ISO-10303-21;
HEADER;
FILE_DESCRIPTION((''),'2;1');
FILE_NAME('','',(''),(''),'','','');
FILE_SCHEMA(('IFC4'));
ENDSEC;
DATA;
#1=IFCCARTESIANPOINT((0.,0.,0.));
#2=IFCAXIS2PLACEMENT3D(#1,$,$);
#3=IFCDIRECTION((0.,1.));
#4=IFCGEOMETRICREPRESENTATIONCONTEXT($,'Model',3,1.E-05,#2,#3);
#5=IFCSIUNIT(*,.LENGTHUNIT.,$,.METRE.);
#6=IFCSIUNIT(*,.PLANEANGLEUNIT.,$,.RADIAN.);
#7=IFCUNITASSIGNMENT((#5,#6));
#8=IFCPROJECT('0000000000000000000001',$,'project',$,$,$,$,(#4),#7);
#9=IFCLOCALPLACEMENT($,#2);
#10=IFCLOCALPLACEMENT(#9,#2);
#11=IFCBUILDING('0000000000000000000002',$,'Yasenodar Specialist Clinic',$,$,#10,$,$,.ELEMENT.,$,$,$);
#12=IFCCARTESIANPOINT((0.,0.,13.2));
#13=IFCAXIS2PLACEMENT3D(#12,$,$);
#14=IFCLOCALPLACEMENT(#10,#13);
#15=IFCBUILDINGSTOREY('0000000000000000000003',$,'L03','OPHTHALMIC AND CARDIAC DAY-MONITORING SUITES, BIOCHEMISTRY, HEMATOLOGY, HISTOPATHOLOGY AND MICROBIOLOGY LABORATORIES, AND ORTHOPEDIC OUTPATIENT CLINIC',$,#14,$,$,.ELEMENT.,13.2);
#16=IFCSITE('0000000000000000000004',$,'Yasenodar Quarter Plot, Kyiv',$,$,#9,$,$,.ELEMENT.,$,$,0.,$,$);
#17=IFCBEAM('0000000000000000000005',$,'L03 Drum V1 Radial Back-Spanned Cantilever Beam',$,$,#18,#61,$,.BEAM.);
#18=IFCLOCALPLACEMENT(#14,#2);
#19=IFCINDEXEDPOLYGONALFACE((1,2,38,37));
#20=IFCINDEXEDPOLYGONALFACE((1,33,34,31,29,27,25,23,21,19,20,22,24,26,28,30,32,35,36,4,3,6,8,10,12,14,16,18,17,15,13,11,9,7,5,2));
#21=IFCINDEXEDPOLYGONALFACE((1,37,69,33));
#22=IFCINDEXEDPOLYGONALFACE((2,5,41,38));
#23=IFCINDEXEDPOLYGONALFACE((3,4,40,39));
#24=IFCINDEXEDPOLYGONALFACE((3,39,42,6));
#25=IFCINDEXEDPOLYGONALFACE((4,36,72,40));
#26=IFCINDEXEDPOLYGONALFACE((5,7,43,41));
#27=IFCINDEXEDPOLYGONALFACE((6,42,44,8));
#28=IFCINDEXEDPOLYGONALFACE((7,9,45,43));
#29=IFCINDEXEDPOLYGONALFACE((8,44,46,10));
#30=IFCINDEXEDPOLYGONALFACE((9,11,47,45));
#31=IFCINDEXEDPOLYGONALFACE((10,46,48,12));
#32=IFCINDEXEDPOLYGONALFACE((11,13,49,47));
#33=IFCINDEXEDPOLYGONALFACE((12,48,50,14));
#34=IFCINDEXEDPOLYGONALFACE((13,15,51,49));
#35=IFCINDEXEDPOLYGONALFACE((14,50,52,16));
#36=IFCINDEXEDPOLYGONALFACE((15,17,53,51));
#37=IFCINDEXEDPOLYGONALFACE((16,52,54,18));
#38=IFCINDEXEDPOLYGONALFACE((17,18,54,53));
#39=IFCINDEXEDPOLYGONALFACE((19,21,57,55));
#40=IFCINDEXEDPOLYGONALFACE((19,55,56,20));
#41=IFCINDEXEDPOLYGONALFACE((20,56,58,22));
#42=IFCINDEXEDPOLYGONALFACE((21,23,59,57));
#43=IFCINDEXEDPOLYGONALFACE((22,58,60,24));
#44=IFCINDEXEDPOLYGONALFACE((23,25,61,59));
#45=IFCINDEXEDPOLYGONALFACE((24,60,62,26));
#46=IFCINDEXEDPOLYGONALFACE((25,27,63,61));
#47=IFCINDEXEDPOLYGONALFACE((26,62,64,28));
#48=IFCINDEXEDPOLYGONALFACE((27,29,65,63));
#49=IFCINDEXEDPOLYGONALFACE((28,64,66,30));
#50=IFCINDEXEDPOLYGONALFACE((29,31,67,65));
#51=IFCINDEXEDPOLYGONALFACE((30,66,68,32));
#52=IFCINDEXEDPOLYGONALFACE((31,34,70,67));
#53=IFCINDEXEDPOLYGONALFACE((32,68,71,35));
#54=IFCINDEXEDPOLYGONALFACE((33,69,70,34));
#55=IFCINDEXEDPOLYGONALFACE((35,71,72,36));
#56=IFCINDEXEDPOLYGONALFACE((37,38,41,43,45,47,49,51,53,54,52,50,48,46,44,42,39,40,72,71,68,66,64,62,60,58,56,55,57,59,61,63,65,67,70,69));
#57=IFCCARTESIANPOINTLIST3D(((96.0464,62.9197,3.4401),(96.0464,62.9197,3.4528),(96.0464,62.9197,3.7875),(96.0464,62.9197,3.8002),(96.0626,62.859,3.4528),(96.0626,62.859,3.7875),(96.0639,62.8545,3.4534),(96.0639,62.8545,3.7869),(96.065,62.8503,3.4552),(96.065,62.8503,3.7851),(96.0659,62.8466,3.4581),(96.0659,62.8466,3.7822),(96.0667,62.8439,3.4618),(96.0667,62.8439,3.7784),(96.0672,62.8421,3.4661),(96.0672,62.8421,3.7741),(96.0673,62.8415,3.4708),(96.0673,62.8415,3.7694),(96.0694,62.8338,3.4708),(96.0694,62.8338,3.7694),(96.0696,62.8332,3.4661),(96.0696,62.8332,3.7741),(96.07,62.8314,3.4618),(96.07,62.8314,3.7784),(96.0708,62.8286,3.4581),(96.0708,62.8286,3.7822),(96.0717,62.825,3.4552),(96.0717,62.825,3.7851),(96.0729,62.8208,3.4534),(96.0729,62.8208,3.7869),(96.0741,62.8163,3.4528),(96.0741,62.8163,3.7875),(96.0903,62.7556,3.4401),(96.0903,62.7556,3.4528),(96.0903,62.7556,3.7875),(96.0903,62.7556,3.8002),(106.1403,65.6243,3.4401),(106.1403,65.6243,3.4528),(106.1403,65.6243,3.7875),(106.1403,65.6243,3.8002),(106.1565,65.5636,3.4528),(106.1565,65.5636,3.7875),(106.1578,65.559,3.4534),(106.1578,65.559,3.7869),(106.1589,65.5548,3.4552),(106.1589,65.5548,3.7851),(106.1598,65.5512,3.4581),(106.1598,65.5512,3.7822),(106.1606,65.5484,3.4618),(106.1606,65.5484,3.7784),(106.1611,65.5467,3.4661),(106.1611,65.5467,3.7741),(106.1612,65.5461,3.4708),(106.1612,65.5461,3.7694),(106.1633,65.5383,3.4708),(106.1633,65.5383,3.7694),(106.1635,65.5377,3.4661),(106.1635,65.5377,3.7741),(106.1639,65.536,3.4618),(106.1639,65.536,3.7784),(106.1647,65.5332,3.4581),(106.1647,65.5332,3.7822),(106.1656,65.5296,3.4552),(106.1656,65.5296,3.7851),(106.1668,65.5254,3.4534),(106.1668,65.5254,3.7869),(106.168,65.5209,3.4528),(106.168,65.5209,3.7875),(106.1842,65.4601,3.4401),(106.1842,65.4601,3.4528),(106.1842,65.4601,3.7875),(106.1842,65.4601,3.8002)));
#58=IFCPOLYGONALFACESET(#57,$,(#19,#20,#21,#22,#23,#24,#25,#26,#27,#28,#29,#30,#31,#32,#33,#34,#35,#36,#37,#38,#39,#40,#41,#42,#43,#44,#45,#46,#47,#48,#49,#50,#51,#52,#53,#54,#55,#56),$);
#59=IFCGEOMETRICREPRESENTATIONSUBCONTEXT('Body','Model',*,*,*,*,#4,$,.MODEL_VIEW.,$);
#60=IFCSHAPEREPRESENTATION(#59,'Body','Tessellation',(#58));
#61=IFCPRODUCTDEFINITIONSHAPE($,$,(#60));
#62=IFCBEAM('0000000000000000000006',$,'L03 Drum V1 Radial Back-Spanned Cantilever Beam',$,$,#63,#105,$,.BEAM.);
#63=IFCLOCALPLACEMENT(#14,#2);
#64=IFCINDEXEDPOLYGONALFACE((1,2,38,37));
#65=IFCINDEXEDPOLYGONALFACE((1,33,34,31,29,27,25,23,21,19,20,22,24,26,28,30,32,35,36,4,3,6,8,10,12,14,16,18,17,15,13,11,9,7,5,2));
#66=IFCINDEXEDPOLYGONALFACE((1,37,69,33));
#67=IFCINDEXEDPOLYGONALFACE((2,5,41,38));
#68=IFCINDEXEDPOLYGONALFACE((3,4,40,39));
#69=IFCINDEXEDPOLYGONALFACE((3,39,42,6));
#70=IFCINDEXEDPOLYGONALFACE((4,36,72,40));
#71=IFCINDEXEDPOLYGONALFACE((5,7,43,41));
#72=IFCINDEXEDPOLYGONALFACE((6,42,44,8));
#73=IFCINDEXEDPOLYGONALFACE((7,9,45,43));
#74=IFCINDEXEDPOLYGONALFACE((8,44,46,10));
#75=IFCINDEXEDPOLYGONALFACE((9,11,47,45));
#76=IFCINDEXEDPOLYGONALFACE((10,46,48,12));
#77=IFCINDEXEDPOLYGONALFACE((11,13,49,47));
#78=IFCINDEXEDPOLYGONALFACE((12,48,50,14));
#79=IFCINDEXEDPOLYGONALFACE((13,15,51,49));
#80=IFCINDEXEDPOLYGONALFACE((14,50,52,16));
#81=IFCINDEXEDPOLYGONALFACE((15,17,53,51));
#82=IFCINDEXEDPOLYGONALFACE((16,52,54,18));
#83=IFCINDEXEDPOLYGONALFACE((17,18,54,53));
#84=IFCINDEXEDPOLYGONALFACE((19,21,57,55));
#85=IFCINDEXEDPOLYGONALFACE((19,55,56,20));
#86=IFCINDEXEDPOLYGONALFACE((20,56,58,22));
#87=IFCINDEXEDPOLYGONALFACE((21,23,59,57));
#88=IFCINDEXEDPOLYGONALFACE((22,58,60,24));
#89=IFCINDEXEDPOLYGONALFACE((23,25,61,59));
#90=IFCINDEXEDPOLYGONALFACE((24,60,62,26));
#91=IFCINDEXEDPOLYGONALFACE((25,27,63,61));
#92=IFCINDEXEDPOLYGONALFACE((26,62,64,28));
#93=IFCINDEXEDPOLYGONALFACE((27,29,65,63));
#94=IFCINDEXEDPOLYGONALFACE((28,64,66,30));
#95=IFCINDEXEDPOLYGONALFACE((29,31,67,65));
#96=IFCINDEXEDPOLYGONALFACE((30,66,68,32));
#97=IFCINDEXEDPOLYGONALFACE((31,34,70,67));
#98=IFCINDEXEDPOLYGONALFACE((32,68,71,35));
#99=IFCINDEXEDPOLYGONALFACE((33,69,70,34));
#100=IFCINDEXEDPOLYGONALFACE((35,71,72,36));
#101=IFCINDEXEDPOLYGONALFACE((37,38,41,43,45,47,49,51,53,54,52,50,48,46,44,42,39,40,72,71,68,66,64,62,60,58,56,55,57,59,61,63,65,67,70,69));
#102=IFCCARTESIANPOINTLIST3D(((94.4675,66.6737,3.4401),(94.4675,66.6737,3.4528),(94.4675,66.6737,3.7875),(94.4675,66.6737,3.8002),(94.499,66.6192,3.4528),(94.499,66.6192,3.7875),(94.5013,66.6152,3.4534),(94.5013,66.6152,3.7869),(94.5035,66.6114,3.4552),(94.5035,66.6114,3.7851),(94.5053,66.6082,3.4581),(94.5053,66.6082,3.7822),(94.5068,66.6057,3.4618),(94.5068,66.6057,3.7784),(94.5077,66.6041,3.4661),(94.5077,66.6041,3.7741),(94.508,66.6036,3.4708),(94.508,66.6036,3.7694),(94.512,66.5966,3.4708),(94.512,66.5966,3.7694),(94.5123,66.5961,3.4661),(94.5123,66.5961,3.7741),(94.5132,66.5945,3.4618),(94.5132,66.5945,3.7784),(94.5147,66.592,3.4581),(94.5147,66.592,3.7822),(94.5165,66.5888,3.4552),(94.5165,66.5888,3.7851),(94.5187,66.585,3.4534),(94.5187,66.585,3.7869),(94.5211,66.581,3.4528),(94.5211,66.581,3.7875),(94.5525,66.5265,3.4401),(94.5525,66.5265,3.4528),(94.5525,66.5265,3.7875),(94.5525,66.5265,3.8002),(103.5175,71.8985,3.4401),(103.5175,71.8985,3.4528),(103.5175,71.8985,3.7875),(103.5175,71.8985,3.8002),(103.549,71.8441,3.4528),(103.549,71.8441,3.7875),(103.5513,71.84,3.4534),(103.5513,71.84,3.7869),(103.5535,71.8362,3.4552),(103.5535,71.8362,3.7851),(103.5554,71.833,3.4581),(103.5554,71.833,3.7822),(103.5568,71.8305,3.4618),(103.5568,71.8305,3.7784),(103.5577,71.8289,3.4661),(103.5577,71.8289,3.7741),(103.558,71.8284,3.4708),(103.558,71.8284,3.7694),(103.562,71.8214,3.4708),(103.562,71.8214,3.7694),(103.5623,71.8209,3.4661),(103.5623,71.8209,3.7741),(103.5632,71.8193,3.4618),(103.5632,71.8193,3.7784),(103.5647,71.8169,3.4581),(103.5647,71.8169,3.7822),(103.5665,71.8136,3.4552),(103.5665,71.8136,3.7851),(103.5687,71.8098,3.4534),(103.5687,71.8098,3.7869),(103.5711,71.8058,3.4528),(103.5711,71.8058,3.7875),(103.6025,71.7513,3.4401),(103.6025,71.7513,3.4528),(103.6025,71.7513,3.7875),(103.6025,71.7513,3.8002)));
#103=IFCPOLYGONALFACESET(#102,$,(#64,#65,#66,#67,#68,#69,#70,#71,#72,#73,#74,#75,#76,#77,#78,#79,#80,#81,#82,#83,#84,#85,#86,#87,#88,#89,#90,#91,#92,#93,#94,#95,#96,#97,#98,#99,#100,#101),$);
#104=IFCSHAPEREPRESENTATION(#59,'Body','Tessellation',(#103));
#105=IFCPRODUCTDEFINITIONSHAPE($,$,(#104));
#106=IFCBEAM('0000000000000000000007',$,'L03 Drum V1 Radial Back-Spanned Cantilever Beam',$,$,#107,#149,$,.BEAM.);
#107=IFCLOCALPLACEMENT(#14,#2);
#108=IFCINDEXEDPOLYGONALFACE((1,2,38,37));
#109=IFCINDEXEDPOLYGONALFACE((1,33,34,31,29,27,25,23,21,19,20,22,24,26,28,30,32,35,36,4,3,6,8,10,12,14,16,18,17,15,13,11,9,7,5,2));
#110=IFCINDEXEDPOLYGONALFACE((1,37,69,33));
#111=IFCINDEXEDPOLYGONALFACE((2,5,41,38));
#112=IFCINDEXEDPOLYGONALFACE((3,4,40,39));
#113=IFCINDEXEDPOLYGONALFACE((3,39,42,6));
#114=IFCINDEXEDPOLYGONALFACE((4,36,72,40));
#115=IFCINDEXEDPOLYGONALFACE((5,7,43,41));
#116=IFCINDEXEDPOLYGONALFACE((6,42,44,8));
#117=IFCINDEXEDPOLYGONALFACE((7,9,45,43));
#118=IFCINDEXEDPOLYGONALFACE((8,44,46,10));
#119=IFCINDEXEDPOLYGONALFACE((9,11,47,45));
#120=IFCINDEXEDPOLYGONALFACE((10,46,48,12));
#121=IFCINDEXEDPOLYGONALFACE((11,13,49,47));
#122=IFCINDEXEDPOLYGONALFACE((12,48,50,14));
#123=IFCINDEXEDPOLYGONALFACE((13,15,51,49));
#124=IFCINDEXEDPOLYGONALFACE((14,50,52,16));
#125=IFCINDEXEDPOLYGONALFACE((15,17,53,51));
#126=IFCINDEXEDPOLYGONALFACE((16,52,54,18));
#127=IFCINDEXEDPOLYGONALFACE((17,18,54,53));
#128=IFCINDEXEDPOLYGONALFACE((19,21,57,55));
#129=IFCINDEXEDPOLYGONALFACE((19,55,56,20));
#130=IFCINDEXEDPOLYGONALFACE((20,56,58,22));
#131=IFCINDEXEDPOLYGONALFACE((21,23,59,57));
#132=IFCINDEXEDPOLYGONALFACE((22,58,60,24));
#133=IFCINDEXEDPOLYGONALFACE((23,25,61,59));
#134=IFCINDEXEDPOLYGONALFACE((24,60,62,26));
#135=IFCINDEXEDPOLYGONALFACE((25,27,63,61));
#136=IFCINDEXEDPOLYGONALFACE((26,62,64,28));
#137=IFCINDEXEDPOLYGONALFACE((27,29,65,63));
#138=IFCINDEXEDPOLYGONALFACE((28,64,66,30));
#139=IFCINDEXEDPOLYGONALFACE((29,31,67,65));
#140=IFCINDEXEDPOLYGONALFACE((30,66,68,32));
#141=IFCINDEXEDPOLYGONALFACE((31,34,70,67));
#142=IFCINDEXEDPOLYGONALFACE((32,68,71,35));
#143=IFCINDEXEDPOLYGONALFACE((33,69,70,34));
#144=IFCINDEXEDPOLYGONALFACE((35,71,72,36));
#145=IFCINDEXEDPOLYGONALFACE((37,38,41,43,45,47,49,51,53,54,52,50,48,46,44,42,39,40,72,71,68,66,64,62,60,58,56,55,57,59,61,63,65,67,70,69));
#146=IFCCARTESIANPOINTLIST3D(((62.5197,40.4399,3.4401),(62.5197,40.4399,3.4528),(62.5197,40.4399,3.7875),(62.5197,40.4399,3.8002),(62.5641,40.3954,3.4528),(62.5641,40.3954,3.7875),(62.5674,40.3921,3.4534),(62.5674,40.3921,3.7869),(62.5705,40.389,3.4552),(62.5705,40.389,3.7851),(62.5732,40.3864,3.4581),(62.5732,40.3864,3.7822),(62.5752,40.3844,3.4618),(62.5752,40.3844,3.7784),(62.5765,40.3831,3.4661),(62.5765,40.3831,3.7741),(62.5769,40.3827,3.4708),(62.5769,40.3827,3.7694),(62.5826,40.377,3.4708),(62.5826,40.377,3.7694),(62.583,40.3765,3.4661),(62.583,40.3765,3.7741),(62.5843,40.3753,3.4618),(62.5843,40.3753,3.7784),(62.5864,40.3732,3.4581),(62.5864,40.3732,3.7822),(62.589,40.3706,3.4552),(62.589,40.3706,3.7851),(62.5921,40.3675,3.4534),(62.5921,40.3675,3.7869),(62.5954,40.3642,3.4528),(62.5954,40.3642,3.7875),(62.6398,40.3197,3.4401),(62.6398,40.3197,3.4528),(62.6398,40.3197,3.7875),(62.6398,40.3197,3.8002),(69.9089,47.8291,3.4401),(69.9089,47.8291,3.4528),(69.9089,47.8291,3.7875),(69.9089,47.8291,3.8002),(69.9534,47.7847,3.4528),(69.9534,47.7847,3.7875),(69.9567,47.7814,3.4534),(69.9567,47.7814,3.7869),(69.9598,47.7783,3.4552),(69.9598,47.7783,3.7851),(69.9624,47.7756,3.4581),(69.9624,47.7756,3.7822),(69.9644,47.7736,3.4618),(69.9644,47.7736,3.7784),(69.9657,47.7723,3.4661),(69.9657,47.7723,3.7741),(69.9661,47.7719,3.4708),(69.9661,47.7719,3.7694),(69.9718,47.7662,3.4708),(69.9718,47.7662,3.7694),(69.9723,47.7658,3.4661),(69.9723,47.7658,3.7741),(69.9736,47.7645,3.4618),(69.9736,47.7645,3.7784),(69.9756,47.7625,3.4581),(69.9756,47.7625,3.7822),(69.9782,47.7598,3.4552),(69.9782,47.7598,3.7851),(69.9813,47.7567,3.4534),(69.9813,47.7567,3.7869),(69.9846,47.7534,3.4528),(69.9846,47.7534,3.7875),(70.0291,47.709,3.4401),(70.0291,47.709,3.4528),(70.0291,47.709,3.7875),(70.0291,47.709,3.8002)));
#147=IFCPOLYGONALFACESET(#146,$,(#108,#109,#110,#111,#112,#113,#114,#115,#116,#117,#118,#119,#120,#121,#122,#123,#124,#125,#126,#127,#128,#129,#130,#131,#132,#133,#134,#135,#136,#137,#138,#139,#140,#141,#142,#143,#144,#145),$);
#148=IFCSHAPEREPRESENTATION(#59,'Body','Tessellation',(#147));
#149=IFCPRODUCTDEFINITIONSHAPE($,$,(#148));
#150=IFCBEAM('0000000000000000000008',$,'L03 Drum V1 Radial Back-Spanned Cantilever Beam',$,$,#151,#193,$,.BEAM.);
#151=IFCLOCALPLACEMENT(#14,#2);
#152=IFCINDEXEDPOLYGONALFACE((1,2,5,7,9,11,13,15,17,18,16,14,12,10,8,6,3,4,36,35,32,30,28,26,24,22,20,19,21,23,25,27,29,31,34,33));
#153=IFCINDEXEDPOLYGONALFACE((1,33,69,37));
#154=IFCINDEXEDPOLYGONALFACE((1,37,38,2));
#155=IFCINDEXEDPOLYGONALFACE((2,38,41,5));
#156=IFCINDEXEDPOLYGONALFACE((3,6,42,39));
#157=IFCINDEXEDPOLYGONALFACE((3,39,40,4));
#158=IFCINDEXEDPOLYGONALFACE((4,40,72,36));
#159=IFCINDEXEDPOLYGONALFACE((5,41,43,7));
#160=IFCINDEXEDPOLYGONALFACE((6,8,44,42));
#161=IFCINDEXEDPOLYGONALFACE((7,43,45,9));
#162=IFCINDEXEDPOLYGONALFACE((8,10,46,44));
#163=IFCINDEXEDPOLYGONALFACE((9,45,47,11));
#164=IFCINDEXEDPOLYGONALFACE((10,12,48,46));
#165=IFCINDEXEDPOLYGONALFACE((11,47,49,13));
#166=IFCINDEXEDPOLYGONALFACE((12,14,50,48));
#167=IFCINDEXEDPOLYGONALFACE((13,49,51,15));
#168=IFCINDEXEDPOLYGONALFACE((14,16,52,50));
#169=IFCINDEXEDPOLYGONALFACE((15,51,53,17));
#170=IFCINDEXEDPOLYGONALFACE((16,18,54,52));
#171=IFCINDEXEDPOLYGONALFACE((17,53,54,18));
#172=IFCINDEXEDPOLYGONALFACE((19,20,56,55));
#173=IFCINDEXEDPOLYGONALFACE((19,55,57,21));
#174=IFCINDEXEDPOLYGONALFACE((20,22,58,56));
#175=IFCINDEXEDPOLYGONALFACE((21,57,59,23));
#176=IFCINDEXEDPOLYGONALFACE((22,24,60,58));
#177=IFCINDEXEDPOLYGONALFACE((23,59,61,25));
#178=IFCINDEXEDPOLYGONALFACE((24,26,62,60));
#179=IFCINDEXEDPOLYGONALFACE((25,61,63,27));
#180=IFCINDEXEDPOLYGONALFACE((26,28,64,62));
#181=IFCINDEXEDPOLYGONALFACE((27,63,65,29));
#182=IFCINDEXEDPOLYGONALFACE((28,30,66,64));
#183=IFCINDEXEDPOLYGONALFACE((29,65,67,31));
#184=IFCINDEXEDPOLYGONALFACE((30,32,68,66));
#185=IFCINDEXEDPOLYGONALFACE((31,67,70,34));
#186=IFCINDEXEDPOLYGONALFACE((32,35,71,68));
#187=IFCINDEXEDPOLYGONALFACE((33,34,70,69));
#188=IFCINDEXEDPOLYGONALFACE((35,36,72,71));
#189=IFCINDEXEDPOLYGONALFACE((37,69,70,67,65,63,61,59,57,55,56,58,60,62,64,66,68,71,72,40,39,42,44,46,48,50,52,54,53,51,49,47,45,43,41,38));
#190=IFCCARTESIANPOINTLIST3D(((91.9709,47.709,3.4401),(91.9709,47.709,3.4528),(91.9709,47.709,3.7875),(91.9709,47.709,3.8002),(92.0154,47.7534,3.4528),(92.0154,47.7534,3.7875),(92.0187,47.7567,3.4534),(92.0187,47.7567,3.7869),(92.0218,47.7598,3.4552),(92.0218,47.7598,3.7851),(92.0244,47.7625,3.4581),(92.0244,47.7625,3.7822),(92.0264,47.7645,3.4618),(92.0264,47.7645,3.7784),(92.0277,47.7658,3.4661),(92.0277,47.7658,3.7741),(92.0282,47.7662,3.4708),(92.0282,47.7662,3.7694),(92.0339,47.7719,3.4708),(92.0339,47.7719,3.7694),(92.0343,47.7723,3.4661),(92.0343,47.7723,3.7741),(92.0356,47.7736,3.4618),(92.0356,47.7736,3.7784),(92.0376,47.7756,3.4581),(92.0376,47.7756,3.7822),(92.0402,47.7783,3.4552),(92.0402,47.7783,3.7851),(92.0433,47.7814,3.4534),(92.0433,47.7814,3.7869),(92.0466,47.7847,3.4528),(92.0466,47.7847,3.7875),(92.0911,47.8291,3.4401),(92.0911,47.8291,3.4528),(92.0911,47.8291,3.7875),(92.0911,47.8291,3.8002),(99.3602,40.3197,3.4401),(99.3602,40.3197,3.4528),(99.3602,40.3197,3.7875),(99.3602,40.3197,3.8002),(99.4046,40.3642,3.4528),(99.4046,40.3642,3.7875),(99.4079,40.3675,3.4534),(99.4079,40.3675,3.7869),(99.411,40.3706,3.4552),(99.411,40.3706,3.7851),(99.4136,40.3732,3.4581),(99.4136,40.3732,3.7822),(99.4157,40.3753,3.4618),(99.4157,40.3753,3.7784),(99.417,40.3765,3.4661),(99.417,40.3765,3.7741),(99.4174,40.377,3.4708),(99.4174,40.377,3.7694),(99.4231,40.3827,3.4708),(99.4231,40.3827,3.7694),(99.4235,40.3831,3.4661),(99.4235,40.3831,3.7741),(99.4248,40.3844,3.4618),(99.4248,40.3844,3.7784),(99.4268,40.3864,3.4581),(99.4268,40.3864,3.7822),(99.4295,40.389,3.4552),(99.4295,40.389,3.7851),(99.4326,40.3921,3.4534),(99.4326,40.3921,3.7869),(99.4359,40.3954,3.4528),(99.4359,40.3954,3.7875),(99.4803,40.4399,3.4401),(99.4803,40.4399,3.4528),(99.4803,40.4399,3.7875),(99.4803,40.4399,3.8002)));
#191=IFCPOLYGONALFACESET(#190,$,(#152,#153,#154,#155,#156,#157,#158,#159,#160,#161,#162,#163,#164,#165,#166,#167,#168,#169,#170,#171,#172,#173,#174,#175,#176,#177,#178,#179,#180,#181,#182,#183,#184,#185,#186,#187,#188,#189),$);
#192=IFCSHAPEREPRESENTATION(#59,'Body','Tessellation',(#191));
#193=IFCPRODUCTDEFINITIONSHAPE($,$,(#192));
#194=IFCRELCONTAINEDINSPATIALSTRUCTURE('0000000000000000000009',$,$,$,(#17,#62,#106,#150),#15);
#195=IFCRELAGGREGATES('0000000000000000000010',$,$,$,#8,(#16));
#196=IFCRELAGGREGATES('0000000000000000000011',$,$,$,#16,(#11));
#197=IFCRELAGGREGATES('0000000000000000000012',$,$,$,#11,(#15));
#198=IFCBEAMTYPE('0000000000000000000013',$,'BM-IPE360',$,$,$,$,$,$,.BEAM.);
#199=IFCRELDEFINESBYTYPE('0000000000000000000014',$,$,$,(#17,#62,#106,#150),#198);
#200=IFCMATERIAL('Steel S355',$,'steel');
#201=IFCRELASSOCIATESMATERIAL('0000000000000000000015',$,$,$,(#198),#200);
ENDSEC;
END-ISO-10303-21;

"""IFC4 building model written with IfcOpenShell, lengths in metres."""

from ifc_helpers import new_model, si_unit, direction, frame, origin, origin_2d, place, context, subcontext, project, spatial, i_section, extrude, material, material_profile, profile_set, type_object, element, save


model = new_model("IFC4")

# Units and contexts
model_context = context("Model", 3, precision=1e-05, world=origin(), true_north=direction((0.0, 1.0)))
body_context = subcontext(model_context, "Body", "Model", "MODEL_VIEW")
ifc_project = project(units=[si_unit("LENGTHUNIT", "METRE"), si_unit("PLANEANGLEUNIT", "RADIAN")], contexts=[model_context])

# Site, building, storey
site_placement = place(None, origin())
site = spatial("IfcSite", under=ifc_project, at=site_placement, Name="Yasenodar Quarter Plot, Kyiv", CompositionType="ELEMENT", RefElevation=0.0)
building_placement = place(site_placement, origin())
building = spatial("IfcBuilding", under=site, at=building_placement, Name="Yasenodar Specialist Clinic", CompositionType="ELEMENT")
storey_placement = place(building_placement, frame((0.0, 0.0, 13.2)))
storey = spatial("IfcBuildingStorey", under=building, at=storey_placement, Name="L03", Description="OPHTHALMIC AND CARDIAC DAY-MONITORING SUITES, BIOCHEMISTRY, HEMATOLOGY, HISTOPATHOLOGY AND MICROBIOLOGY LABORATORIES, AND ORTHOPEDIC OUTPATIENT CLINIC", CompositionType="ELEMENT", Elevation=13.2)

# Shared definitions
ifc_material_1 = material(Name="Steel S355", Category="steel")

# Beams
ifc_material_profile_1 = material_profile(ifc_material_1, i_section(OverallWidth=0.1699, OverallDepth=0.3601, WebThickness=0.0081, FlangeThickness=0.0127, FilletRadius=0.0181, at=origin_2d()), Name="IPE 360")
ifc_profile_set_1 = profile_set([ifc_material_profile_1], Name="Steel S355")
beam_type_1 = type_object("IfcBeamType", Name="BM-IPE360", PredefinedType="BEAM", material=ifc_profile_set_1)
for number, where, z_axis, x_axis, name in (
    (1, (96.0684, 62.8376, 3.6201), (0.965928, 0.258811, 0.0), (-0.258811, 0.965928, 0.0), "L03 Drum V1 Radial Back-Spanned Cantilever Beam"),
    (2, (94.51, 66.6001, 3.6201), (0.866033, 0.499986, 0.0), (-0.499986, 0.866033, 0.0), "L03 Drum V1 Radial Back-Spanned Cantilever Beam"),
    (3, (69.969, 47.769, 3.6201), (-0.707107, -0.707107, 0.0), (0.707107, -0.707107, 0.0), "L03 Drum V1 Radial Back-Spanned Cantilever Beam"),
    (4, (92.031, 47.769, 3.6201), (0.707107, -0.707107, 0.0), (0.707107, 0.707107, 0.0), "L03 Drum V1 Radial Back-Spanned Cantilever Beam"),
):
    element("IfcBeam", number, at=place(storey_placement, frame(where, z_axis=z_axis, x_axis=x_axis)), inside=storey, type_object=beam_type_1, Name=name, PredefinedType="BEAM", context=body_context, shape_type="SweptSolid", body=[
        extrude(i_section(OverallWidth=0.1699, OverallDepth=0.3601, WebThickness=0.0081, FlangeThickness=0.0127, FilletRadius=0.0181, at=origin_2d()), origin(), (0.0, 0.0, 1.0), 10.45),
    ])

save(model, "model.ifc")
